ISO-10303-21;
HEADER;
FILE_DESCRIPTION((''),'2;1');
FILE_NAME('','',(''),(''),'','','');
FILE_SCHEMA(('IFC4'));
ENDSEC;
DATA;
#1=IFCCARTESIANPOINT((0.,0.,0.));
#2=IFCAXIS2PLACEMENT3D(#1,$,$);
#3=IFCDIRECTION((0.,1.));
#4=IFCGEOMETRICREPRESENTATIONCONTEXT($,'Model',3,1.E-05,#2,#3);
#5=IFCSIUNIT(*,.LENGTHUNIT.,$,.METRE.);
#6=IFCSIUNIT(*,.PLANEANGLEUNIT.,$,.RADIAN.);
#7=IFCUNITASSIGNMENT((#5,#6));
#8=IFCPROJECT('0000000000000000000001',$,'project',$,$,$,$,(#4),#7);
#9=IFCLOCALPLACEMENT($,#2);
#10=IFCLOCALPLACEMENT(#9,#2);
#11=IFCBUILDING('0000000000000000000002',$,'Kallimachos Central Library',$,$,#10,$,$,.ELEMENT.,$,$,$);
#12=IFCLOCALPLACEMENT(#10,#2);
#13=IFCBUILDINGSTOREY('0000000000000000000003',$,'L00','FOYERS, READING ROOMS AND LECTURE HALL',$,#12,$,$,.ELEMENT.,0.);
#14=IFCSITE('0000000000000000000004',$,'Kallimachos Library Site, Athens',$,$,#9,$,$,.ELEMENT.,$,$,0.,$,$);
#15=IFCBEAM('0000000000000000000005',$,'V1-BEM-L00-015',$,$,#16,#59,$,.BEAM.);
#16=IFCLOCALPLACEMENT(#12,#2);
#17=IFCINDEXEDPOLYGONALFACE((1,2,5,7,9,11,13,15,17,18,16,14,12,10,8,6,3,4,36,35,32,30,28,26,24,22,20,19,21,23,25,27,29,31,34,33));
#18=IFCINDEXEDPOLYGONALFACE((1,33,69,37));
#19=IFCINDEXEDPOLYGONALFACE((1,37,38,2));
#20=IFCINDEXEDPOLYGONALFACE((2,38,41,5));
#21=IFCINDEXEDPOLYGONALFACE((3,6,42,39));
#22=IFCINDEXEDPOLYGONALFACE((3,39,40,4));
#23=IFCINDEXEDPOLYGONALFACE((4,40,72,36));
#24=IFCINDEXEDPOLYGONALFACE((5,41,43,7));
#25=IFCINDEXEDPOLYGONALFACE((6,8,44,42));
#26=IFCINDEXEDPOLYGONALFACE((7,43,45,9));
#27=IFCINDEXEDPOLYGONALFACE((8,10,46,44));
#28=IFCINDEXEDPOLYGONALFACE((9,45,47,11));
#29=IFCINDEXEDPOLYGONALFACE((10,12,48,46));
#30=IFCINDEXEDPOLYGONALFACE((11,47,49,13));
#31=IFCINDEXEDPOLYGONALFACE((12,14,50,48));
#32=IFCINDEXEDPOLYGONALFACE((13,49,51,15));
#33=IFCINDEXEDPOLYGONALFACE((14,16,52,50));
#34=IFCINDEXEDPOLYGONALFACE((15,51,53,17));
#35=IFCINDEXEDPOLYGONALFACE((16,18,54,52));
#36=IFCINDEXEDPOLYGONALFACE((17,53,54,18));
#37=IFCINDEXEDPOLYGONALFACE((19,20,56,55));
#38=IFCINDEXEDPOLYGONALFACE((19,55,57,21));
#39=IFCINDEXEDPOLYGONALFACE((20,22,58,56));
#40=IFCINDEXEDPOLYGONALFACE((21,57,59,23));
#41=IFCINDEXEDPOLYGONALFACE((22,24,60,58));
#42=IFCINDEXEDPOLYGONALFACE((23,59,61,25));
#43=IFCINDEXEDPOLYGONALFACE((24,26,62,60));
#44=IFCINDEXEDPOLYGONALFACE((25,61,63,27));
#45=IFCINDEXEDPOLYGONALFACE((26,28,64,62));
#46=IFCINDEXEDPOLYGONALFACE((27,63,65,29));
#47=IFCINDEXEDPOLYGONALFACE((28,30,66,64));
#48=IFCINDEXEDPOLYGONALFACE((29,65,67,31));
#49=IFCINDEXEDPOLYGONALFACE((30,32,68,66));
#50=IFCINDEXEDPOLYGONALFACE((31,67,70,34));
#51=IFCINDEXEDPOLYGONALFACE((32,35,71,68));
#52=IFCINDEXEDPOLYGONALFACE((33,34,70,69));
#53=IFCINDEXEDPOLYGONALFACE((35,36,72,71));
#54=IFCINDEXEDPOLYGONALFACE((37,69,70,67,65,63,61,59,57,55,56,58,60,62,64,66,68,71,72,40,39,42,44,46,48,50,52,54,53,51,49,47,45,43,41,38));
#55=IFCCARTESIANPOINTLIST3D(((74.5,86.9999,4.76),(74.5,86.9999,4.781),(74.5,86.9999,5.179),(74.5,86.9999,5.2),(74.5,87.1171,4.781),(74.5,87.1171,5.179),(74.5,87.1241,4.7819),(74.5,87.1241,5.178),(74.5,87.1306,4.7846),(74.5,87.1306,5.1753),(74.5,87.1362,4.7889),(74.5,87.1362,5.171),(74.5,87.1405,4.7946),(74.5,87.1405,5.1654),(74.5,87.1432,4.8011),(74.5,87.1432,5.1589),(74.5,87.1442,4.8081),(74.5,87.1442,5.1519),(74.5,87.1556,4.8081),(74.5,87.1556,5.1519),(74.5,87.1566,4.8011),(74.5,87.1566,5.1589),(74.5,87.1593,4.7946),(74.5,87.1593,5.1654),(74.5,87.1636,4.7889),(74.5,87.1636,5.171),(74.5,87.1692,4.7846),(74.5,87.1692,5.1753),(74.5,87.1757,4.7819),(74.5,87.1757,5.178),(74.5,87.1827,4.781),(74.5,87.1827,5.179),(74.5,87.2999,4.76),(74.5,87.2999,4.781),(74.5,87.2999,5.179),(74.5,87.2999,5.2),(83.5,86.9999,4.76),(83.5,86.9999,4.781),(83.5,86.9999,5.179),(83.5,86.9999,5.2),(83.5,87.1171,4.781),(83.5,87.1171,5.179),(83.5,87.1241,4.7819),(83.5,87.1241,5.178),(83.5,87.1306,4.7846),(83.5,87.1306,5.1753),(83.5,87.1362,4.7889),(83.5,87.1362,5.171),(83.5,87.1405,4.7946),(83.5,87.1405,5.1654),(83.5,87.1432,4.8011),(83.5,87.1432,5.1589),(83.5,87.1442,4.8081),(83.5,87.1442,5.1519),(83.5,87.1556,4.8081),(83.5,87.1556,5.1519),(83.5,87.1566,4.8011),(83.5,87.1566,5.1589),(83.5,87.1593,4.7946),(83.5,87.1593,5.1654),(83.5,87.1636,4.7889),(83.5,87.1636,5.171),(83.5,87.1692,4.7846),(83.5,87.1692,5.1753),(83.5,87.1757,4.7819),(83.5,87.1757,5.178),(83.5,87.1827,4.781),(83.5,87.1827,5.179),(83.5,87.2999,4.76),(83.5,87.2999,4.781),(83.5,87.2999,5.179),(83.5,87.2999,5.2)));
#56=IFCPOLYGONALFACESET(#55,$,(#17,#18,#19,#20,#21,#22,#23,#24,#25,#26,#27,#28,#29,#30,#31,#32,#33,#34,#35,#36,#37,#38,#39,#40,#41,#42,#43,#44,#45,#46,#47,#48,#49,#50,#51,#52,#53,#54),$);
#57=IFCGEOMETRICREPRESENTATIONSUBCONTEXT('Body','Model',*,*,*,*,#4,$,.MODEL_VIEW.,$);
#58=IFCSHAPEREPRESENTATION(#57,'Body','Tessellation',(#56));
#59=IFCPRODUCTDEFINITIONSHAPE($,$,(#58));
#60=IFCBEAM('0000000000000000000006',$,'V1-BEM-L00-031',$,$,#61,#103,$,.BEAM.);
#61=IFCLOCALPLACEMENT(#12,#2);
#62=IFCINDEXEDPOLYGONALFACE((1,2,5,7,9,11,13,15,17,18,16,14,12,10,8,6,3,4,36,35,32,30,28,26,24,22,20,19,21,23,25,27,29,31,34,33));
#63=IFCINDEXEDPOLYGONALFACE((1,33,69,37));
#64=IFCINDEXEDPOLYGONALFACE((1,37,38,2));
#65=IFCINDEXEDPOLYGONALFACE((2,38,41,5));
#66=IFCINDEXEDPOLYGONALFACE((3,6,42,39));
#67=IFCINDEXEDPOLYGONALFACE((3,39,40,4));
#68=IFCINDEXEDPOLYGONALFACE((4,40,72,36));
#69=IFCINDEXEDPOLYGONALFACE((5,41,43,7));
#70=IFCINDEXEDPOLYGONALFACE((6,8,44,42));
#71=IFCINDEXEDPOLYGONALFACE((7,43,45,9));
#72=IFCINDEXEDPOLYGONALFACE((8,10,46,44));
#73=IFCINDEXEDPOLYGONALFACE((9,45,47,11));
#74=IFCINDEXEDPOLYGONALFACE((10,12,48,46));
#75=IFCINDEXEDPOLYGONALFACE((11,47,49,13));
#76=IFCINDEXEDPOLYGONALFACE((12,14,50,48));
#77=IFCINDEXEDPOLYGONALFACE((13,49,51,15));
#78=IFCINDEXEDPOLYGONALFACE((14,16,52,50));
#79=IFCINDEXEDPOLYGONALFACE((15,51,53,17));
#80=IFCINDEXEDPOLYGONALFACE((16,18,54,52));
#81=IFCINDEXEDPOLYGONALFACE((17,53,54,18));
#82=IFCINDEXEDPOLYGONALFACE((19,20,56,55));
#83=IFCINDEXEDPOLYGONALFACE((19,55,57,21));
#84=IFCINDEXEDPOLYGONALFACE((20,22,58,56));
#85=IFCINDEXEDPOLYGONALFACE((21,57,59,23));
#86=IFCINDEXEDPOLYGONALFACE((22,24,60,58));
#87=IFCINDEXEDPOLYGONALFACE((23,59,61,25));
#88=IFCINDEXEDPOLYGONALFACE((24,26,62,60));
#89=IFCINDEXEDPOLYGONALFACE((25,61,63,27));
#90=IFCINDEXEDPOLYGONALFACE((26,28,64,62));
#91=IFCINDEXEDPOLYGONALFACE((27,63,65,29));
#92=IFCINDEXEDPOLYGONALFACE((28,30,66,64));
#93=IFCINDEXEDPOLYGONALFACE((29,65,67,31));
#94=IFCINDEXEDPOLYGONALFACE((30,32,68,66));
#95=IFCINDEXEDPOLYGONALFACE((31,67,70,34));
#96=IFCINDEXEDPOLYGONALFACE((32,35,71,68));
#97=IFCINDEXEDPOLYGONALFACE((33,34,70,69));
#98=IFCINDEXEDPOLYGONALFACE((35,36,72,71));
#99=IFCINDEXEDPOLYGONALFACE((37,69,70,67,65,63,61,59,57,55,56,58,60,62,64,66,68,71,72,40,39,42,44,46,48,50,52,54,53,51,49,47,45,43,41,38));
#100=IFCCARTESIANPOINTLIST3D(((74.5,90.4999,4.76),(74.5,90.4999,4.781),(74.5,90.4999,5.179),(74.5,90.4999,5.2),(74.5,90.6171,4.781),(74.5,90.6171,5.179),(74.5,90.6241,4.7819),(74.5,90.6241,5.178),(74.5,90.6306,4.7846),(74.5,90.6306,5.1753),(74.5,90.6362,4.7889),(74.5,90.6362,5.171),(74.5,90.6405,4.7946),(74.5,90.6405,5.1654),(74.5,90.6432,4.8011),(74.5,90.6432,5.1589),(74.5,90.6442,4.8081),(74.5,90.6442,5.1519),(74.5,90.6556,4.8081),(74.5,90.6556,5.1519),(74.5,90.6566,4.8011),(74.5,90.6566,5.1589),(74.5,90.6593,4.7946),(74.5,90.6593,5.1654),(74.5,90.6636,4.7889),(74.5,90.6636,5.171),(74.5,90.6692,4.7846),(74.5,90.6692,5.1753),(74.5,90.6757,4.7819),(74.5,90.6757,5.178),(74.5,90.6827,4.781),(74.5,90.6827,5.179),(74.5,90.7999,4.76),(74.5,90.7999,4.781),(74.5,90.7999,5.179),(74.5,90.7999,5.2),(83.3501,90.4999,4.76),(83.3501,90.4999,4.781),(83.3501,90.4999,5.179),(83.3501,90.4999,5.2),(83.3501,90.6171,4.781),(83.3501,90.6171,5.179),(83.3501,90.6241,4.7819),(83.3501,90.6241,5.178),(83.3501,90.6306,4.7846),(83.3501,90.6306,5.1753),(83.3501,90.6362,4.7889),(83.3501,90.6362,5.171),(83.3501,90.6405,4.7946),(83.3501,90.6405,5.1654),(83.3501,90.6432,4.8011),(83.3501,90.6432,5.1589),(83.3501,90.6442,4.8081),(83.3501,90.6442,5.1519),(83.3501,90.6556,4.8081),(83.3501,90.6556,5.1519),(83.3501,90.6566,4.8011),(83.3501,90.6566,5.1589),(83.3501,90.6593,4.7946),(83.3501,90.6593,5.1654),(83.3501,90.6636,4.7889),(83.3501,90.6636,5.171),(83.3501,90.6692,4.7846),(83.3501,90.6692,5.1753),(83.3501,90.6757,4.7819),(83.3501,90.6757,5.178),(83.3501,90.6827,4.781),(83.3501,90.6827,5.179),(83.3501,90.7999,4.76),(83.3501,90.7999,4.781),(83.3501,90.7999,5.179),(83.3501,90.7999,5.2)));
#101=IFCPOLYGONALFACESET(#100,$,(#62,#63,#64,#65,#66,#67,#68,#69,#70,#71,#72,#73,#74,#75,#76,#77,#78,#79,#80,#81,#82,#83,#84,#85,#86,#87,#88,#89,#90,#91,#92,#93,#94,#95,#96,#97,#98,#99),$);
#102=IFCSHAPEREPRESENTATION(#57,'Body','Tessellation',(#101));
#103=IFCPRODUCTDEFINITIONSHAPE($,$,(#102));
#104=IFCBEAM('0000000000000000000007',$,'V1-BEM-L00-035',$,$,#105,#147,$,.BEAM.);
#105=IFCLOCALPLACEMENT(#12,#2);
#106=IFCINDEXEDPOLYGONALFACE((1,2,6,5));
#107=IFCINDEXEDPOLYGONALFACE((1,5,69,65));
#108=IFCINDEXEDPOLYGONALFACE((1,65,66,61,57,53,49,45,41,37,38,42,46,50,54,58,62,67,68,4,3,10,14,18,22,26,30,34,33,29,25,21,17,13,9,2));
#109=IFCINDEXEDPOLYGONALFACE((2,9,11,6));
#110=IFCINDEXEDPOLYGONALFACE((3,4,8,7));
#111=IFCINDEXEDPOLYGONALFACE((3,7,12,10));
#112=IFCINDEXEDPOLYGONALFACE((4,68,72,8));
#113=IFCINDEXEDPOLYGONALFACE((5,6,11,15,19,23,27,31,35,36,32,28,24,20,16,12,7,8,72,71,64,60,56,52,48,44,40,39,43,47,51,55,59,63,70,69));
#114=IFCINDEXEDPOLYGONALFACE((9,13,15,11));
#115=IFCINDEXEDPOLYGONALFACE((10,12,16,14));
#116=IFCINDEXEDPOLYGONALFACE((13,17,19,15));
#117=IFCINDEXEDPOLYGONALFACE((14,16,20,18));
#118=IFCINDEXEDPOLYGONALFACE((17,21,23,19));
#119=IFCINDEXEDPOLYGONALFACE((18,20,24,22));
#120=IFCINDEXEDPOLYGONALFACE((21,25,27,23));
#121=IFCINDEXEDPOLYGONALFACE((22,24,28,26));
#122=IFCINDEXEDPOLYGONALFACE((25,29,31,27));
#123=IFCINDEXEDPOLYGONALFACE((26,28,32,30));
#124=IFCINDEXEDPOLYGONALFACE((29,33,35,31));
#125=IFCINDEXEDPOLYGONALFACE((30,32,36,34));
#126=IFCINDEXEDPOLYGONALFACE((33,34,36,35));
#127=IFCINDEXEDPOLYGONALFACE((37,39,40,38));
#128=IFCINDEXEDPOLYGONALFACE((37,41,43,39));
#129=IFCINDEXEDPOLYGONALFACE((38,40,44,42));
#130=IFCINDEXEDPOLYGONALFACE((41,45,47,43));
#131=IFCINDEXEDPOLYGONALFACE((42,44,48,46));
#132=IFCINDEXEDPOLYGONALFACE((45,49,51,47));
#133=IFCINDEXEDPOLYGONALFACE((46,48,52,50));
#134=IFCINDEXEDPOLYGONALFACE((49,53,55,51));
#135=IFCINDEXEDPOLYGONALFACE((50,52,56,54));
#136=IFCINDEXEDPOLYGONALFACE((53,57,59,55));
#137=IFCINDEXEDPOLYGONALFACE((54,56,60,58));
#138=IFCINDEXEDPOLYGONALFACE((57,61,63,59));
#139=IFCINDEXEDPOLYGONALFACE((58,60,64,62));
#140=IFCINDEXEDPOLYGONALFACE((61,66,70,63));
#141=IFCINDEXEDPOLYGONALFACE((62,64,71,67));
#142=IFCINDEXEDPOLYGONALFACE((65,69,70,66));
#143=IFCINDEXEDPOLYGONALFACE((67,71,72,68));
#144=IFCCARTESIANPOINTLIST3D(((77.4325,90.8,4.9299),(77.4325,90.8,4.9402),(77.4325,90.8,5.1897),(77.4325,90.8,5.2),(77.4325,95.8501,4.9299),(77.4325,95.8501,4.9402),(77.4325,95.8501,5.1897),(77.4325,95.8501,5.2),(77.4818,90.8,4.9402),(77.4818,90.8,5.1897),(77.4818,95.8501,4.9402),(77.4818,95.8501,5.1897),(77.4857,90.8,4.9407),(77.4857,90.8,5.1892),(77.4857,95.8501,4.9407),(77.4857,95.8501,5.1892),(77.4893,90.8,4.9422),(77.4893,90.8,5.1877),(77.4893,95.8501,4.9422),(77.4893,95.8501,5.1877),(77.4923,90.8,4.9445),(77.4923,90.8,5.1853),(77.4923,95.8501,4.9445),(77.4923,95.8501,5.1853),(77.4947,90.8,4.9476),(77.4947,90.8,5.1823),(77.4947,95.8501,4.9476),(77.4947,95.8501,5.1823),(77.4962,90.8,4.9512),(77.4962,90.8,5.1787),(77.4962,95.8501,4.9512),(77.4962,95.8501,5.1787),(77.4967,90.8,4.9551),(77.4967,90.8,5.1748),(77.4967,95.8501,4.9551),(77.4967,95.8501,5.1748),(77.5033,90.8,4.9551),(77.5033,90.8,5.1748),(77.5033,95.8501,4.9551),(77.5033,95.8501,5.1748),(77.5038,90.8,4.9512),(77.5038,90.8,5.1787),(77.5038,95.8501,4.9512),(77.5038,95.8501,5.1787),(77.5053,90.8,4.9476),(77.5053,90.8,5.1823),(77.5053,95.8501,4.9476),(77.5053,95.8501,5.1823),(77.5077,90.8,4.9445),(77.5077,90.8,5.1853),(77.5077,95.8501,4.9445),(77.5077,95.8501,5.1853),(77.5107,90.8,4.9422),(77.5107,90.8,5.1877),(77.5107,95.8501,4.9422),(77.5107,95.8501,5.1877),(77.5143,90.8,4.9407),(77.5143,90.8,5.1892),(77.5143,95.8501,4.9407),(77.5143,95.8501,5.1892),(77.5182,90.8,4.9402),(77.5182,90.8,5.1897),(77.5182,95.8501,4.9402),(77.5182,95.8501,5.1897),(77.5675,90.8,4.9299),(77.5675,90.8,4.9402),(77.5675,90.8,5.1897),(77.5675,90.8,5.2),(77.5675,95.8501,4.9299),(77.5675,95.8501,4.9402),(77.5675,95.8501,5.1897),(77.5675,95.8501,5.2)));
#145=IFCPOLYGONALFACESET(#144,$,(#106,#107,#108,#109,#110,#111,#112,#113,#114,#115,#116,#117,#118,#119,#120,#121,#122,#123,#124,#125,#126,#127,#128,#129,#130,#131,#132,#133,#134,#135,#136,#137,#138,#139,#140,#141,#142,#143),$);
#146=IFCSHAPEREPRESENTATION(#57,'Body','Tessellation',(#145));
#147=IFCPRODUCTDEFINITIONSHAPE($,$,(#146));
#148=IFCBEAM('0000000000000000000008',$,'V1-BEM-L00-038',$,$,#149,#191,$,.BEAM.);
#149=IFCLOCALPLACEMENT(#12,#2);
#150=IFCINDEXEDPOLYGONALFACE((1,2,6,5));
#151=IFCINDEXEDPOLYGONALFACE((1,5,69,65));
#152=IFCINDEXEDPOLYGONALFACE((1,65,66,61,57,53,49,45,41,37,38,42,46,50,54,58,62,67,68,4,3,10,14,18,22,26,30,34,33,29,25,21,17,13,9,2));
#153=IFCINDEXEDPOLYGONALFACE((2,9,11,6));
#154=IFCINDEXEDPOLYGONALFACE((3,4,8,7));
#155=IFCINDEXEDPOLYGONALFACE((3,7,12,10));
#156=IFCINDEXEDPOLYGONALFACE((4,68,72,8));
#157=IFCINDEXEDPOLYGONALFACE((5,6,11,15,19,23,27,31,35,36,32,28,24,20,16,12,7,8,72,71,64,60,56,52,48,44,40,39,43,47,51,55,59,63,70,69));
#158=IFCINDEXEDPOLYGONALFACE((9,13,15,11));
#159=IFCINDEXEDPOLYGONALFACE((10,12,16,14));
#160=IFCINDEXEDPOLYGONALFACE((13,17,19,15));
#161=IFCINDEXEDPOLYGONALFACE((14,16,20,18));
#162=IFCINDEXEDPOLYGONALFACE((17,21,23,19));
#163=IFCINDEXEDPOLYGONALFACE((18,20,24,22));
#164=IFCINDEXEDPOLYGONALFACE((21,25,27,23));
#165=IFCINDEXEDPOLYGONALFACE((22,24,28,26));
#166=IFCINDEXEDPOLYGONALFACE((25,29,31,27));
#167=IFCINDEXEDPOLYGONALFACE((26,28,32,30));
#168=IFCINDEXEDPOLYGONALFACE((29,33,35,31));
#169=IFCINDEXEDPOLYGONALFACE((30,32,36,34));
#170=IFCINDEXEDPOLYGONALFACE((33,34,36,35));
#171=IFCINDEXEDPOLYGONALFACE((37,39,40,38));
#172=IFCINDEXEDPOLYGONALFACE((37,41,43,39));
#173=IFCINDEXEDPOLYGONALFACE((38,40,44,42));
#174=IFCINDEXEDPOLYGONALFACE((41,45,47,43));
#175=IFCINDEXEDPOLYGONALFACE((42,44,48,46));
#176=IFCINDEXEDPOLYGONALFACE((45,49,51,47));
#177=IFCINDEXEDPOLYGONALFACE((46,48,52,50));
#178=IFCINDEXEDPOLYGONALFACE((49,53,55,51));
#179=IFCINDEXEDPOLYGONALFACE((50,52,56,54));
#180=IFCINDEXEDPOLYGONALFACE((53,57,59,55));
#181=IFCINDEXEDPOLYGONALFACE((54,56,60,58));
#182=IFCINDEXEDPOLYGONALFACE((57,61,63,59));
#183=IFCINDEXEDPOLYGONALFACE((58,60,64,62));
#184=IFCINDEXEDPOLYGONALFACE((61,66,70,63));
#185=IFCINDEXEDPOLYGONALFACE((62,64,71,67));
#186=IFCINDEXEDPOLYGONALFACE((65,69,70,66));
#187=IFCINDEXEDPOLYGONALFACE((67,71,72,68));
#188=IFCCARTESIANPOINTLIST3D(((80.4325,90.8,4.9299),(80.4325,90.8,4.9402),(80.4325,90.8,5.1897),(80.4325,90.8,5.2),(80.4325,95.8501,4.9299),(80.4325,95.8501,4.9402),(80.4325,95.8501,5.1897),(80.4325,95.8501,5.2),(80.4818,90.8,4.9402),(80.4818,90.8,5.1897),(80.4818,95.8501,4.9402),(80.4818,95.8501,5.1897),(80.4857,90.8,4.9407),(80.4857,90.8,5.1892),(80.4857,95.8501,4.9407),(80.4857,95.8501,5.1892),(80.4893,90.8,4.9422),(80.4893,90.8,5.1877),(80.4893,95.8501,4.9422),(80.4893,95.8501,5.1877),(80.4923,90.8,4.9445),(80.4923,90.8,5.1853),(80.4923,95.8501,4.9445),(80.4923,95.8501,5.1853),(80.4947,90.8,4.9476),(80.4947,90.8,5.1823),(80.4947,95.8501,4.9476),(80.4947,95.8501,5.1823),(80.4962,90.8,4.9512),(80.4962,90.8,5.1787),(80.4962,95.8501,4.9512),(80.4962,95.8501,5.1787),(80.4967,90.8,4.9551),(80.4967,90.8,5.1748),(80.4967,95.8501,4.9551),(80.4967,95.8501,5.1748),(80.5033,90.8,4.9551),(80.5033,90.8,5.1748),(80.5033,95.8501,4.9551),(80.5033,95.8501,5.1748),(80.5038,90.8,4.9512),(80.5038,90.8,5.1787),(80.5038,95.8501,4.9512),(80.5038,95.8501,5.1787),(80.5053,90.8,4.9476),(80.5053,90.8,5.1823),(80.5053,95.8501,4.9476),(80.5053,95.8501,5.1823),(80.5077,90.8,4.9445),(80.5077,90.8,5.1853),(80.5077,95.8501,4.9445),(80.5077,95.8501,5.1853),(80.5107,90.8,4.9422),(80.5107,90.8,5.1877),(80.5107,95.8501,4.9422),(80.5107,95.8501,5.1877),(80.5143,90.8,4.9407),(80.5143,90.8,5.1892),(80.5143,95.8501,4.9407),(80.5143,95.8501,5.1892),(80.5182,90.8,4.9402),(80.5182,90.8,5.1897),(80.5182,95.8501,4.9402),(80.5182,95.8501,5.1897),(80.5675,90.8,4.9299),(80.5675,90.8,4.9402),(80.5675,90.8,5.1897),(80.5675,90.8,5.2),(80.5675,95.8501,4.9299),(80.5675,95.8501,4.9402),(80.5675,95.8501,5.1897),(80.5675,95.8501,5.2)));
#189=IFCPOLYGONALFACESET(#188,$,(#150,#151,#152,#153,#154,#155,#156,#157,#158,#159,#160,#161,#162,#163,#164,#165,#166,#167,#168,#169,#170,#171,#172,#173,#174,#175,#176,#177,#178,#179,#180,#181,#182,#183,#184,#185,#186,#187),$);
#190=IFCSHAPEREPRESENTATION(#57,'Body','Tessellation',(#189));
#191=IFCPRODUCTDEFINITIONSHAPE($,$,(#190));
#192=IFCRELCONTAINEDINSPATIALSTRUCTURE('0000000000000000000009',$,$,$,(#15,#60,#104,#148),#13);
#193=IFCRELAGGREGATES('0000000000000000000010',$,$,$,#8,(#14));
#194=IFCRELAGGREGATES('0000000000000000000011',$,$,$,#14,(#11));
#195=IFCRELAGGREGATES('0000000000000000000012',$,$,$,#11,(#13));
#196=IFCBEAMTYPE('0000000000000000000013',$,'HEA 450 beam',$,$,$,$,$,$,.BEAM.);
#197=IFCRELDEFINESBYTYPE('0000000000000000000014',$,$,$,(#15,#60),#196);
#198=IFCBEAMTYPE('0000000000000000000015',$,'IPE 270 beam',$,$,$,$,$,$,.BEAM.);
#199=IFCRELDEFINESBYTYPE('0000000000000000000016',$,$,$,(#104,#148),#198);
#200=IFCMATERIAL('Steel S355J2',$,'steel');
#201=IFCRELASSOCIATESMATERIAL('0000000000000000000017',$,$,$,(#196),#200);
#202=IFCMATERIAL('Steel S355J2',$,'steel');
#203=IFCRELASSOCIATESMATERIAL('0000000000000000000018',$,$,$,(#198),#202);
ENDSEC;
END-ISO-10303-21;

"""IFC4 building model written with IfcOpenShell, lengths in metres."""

from ifc_helpers import new_model, si_unit, direction, frame, origin, origin_2d, place, context, subcontext, project, spatial, i_section, extrude, material, material_profile, profile_set, type_object, element, save


model = new_model("IFC4")

# Units and contexts
model_context = context("Model", 3, precision=1e-05, world=origin(), true_north=direction((0.0, 1.0)))
body_context = subcontext(model_context, "Body", "Model", "MODEL_VIEW")
ifc_project = project(units=[si_unit("LENGTHUNIT", "METRE"), si_unit("PLANEANGLEUNIT", "RADIAN")], contexts=[model_context])

# Site, building, storey
site_placement = place(None, origin())
site = spatial("IfcSite", under=ifc_project, at=site_placement, Name="Kallimachos Library Site, Athens", CompositionType="ELEMENT", RefElevation=0.0)
building_placement = place(site_placement, origin())
building = spatial("IfcBuilding", under=site, at=building_placement, Name="Kallimachos Central Library", CompositionType="ELEMENT")
storey_placement = place(building_placement, origin())
storey = spatial("IfcBuildingStorey", under=building, at=storey_placement, Name="L00", Description="FOYERS, READING ROOMS AND LECTURE HALL", CompositionType="ELEMENT", Elevation=0.0)

# Beams
ifc_material_1 = material(Name="Steel S355J2", Category="steel")
ifc_material_profile_1 = material_profile(ifc_material_1, i_section(OverallWidth=0.3, OverallDepth=0.4399, WebThickness=0.0115, FlangeThickness=0.021, FilletRadius=0.0271, at=origin_2d()), Name="HEA 450")
ifc_profile_set_1 = profile_set([ifc_material_profile_1], Name="Steel S355J2")
beam_type_1 = type_object("IfcBeamType", Name="HEA 450 beam", PredefinedType="BEAM", material=ifc_profile_set_1)
beam_1_placement = place(storey_placement, frame((74.5, 87.1499, 4.98), z_axis=(1.0, 0.0, 0.0), x_axis=(0.0, 1.0, 0.0)))
element("IfcBeam", 1, at=beam_1_placement, inside=storey, type_object=beam_type_1, Name="V1-BEM-L00-015", PredefinedType="BEAM", context=body_context, shape_type="SweptSolid", body=[
    extrude(i_section(OverallWidth=0.3, OverallDepth=0.4399, WebThickness=0.0115, FlangeThickness=0.021, FilletRadius=0.0271, at=origin_2d()), origin(), (0.0, 0.0, 1.0), 9.0),
])
beam_2_placement = place(storey_placement, frame((74.5, 90.6499, 4.98), z_axis=(1.0, 0.0, 0.0), x_axis=(0.0, 1.0, 0.0)))
element("IfcBeam", 2, at=beam_2_placement, inside=storey, type_object=beam_type_1, Name="V1-BEM-L00-031", PredefinedType="BEAM", context=body_context, shape_type="SweptSolid", body=[
    extrude(i_section(OverallWidth=0.3, OverallDepth=0.4399, WebThickness=0.0115, FlangeThickness=0.021, FilletRadius=0.0271, at=origin_2d()), origin(), (0.0, 0.0, 1.0), 8.8501),
])
ifc_material_2 = material(Name="Steel S355J2", Category="steel")
ifc_material_profile_2 = material_profile(ifc_material_2, i_section(OverallWidth=0.135, OverallDepth=0.27, WebThickness=0.0066, FlangeThickness=0.0103, FilletRadius=0.0149, at=origin_2d()), Name="IPE 270")
ifc_profile_set_2 = profile_set([ifc_material_profile_2], Name="Steel S355J2")
beam_type_2 = type_object("IfcBeamType", Name="IPE 270 beam", PredefinedType="BEAM", material=ifc_profile_set_2)
for number, where, z_axis, x_axis, name in (
    (3, (77.5, 90.8, 5.0649), (0.0, 1.0, 0.0), (-1.0, 0.0, 0.0), "V1-BEM-L00-035"),
    (4, (80.5, 90.8, 5.0649), (0.0, 1.0, 0.0), (-1.0, 0.0, 0.0), "V1-BEM-L00-038"),
):
    element("IfcBeam", number, at=place(storey_placement, frame(where, z_axis=z_axis, x_axis=x_axis)), inside=storey, type_object=beam_type_2, Name=name, PredefinedType="BEAM", context=body_context, shape_type="SweptSolid", body=[
        extrude(i_section(OverallWidth=0.135, OverallDepth=0.27, WebThickness=0.0066, FlangeThickness=0.0103, FilletRadius=0.0149, at=origin_2d()), origin(), (0.0, 0.0, 1.0), 5.05),
    ])

save(model, "model.ifc")
